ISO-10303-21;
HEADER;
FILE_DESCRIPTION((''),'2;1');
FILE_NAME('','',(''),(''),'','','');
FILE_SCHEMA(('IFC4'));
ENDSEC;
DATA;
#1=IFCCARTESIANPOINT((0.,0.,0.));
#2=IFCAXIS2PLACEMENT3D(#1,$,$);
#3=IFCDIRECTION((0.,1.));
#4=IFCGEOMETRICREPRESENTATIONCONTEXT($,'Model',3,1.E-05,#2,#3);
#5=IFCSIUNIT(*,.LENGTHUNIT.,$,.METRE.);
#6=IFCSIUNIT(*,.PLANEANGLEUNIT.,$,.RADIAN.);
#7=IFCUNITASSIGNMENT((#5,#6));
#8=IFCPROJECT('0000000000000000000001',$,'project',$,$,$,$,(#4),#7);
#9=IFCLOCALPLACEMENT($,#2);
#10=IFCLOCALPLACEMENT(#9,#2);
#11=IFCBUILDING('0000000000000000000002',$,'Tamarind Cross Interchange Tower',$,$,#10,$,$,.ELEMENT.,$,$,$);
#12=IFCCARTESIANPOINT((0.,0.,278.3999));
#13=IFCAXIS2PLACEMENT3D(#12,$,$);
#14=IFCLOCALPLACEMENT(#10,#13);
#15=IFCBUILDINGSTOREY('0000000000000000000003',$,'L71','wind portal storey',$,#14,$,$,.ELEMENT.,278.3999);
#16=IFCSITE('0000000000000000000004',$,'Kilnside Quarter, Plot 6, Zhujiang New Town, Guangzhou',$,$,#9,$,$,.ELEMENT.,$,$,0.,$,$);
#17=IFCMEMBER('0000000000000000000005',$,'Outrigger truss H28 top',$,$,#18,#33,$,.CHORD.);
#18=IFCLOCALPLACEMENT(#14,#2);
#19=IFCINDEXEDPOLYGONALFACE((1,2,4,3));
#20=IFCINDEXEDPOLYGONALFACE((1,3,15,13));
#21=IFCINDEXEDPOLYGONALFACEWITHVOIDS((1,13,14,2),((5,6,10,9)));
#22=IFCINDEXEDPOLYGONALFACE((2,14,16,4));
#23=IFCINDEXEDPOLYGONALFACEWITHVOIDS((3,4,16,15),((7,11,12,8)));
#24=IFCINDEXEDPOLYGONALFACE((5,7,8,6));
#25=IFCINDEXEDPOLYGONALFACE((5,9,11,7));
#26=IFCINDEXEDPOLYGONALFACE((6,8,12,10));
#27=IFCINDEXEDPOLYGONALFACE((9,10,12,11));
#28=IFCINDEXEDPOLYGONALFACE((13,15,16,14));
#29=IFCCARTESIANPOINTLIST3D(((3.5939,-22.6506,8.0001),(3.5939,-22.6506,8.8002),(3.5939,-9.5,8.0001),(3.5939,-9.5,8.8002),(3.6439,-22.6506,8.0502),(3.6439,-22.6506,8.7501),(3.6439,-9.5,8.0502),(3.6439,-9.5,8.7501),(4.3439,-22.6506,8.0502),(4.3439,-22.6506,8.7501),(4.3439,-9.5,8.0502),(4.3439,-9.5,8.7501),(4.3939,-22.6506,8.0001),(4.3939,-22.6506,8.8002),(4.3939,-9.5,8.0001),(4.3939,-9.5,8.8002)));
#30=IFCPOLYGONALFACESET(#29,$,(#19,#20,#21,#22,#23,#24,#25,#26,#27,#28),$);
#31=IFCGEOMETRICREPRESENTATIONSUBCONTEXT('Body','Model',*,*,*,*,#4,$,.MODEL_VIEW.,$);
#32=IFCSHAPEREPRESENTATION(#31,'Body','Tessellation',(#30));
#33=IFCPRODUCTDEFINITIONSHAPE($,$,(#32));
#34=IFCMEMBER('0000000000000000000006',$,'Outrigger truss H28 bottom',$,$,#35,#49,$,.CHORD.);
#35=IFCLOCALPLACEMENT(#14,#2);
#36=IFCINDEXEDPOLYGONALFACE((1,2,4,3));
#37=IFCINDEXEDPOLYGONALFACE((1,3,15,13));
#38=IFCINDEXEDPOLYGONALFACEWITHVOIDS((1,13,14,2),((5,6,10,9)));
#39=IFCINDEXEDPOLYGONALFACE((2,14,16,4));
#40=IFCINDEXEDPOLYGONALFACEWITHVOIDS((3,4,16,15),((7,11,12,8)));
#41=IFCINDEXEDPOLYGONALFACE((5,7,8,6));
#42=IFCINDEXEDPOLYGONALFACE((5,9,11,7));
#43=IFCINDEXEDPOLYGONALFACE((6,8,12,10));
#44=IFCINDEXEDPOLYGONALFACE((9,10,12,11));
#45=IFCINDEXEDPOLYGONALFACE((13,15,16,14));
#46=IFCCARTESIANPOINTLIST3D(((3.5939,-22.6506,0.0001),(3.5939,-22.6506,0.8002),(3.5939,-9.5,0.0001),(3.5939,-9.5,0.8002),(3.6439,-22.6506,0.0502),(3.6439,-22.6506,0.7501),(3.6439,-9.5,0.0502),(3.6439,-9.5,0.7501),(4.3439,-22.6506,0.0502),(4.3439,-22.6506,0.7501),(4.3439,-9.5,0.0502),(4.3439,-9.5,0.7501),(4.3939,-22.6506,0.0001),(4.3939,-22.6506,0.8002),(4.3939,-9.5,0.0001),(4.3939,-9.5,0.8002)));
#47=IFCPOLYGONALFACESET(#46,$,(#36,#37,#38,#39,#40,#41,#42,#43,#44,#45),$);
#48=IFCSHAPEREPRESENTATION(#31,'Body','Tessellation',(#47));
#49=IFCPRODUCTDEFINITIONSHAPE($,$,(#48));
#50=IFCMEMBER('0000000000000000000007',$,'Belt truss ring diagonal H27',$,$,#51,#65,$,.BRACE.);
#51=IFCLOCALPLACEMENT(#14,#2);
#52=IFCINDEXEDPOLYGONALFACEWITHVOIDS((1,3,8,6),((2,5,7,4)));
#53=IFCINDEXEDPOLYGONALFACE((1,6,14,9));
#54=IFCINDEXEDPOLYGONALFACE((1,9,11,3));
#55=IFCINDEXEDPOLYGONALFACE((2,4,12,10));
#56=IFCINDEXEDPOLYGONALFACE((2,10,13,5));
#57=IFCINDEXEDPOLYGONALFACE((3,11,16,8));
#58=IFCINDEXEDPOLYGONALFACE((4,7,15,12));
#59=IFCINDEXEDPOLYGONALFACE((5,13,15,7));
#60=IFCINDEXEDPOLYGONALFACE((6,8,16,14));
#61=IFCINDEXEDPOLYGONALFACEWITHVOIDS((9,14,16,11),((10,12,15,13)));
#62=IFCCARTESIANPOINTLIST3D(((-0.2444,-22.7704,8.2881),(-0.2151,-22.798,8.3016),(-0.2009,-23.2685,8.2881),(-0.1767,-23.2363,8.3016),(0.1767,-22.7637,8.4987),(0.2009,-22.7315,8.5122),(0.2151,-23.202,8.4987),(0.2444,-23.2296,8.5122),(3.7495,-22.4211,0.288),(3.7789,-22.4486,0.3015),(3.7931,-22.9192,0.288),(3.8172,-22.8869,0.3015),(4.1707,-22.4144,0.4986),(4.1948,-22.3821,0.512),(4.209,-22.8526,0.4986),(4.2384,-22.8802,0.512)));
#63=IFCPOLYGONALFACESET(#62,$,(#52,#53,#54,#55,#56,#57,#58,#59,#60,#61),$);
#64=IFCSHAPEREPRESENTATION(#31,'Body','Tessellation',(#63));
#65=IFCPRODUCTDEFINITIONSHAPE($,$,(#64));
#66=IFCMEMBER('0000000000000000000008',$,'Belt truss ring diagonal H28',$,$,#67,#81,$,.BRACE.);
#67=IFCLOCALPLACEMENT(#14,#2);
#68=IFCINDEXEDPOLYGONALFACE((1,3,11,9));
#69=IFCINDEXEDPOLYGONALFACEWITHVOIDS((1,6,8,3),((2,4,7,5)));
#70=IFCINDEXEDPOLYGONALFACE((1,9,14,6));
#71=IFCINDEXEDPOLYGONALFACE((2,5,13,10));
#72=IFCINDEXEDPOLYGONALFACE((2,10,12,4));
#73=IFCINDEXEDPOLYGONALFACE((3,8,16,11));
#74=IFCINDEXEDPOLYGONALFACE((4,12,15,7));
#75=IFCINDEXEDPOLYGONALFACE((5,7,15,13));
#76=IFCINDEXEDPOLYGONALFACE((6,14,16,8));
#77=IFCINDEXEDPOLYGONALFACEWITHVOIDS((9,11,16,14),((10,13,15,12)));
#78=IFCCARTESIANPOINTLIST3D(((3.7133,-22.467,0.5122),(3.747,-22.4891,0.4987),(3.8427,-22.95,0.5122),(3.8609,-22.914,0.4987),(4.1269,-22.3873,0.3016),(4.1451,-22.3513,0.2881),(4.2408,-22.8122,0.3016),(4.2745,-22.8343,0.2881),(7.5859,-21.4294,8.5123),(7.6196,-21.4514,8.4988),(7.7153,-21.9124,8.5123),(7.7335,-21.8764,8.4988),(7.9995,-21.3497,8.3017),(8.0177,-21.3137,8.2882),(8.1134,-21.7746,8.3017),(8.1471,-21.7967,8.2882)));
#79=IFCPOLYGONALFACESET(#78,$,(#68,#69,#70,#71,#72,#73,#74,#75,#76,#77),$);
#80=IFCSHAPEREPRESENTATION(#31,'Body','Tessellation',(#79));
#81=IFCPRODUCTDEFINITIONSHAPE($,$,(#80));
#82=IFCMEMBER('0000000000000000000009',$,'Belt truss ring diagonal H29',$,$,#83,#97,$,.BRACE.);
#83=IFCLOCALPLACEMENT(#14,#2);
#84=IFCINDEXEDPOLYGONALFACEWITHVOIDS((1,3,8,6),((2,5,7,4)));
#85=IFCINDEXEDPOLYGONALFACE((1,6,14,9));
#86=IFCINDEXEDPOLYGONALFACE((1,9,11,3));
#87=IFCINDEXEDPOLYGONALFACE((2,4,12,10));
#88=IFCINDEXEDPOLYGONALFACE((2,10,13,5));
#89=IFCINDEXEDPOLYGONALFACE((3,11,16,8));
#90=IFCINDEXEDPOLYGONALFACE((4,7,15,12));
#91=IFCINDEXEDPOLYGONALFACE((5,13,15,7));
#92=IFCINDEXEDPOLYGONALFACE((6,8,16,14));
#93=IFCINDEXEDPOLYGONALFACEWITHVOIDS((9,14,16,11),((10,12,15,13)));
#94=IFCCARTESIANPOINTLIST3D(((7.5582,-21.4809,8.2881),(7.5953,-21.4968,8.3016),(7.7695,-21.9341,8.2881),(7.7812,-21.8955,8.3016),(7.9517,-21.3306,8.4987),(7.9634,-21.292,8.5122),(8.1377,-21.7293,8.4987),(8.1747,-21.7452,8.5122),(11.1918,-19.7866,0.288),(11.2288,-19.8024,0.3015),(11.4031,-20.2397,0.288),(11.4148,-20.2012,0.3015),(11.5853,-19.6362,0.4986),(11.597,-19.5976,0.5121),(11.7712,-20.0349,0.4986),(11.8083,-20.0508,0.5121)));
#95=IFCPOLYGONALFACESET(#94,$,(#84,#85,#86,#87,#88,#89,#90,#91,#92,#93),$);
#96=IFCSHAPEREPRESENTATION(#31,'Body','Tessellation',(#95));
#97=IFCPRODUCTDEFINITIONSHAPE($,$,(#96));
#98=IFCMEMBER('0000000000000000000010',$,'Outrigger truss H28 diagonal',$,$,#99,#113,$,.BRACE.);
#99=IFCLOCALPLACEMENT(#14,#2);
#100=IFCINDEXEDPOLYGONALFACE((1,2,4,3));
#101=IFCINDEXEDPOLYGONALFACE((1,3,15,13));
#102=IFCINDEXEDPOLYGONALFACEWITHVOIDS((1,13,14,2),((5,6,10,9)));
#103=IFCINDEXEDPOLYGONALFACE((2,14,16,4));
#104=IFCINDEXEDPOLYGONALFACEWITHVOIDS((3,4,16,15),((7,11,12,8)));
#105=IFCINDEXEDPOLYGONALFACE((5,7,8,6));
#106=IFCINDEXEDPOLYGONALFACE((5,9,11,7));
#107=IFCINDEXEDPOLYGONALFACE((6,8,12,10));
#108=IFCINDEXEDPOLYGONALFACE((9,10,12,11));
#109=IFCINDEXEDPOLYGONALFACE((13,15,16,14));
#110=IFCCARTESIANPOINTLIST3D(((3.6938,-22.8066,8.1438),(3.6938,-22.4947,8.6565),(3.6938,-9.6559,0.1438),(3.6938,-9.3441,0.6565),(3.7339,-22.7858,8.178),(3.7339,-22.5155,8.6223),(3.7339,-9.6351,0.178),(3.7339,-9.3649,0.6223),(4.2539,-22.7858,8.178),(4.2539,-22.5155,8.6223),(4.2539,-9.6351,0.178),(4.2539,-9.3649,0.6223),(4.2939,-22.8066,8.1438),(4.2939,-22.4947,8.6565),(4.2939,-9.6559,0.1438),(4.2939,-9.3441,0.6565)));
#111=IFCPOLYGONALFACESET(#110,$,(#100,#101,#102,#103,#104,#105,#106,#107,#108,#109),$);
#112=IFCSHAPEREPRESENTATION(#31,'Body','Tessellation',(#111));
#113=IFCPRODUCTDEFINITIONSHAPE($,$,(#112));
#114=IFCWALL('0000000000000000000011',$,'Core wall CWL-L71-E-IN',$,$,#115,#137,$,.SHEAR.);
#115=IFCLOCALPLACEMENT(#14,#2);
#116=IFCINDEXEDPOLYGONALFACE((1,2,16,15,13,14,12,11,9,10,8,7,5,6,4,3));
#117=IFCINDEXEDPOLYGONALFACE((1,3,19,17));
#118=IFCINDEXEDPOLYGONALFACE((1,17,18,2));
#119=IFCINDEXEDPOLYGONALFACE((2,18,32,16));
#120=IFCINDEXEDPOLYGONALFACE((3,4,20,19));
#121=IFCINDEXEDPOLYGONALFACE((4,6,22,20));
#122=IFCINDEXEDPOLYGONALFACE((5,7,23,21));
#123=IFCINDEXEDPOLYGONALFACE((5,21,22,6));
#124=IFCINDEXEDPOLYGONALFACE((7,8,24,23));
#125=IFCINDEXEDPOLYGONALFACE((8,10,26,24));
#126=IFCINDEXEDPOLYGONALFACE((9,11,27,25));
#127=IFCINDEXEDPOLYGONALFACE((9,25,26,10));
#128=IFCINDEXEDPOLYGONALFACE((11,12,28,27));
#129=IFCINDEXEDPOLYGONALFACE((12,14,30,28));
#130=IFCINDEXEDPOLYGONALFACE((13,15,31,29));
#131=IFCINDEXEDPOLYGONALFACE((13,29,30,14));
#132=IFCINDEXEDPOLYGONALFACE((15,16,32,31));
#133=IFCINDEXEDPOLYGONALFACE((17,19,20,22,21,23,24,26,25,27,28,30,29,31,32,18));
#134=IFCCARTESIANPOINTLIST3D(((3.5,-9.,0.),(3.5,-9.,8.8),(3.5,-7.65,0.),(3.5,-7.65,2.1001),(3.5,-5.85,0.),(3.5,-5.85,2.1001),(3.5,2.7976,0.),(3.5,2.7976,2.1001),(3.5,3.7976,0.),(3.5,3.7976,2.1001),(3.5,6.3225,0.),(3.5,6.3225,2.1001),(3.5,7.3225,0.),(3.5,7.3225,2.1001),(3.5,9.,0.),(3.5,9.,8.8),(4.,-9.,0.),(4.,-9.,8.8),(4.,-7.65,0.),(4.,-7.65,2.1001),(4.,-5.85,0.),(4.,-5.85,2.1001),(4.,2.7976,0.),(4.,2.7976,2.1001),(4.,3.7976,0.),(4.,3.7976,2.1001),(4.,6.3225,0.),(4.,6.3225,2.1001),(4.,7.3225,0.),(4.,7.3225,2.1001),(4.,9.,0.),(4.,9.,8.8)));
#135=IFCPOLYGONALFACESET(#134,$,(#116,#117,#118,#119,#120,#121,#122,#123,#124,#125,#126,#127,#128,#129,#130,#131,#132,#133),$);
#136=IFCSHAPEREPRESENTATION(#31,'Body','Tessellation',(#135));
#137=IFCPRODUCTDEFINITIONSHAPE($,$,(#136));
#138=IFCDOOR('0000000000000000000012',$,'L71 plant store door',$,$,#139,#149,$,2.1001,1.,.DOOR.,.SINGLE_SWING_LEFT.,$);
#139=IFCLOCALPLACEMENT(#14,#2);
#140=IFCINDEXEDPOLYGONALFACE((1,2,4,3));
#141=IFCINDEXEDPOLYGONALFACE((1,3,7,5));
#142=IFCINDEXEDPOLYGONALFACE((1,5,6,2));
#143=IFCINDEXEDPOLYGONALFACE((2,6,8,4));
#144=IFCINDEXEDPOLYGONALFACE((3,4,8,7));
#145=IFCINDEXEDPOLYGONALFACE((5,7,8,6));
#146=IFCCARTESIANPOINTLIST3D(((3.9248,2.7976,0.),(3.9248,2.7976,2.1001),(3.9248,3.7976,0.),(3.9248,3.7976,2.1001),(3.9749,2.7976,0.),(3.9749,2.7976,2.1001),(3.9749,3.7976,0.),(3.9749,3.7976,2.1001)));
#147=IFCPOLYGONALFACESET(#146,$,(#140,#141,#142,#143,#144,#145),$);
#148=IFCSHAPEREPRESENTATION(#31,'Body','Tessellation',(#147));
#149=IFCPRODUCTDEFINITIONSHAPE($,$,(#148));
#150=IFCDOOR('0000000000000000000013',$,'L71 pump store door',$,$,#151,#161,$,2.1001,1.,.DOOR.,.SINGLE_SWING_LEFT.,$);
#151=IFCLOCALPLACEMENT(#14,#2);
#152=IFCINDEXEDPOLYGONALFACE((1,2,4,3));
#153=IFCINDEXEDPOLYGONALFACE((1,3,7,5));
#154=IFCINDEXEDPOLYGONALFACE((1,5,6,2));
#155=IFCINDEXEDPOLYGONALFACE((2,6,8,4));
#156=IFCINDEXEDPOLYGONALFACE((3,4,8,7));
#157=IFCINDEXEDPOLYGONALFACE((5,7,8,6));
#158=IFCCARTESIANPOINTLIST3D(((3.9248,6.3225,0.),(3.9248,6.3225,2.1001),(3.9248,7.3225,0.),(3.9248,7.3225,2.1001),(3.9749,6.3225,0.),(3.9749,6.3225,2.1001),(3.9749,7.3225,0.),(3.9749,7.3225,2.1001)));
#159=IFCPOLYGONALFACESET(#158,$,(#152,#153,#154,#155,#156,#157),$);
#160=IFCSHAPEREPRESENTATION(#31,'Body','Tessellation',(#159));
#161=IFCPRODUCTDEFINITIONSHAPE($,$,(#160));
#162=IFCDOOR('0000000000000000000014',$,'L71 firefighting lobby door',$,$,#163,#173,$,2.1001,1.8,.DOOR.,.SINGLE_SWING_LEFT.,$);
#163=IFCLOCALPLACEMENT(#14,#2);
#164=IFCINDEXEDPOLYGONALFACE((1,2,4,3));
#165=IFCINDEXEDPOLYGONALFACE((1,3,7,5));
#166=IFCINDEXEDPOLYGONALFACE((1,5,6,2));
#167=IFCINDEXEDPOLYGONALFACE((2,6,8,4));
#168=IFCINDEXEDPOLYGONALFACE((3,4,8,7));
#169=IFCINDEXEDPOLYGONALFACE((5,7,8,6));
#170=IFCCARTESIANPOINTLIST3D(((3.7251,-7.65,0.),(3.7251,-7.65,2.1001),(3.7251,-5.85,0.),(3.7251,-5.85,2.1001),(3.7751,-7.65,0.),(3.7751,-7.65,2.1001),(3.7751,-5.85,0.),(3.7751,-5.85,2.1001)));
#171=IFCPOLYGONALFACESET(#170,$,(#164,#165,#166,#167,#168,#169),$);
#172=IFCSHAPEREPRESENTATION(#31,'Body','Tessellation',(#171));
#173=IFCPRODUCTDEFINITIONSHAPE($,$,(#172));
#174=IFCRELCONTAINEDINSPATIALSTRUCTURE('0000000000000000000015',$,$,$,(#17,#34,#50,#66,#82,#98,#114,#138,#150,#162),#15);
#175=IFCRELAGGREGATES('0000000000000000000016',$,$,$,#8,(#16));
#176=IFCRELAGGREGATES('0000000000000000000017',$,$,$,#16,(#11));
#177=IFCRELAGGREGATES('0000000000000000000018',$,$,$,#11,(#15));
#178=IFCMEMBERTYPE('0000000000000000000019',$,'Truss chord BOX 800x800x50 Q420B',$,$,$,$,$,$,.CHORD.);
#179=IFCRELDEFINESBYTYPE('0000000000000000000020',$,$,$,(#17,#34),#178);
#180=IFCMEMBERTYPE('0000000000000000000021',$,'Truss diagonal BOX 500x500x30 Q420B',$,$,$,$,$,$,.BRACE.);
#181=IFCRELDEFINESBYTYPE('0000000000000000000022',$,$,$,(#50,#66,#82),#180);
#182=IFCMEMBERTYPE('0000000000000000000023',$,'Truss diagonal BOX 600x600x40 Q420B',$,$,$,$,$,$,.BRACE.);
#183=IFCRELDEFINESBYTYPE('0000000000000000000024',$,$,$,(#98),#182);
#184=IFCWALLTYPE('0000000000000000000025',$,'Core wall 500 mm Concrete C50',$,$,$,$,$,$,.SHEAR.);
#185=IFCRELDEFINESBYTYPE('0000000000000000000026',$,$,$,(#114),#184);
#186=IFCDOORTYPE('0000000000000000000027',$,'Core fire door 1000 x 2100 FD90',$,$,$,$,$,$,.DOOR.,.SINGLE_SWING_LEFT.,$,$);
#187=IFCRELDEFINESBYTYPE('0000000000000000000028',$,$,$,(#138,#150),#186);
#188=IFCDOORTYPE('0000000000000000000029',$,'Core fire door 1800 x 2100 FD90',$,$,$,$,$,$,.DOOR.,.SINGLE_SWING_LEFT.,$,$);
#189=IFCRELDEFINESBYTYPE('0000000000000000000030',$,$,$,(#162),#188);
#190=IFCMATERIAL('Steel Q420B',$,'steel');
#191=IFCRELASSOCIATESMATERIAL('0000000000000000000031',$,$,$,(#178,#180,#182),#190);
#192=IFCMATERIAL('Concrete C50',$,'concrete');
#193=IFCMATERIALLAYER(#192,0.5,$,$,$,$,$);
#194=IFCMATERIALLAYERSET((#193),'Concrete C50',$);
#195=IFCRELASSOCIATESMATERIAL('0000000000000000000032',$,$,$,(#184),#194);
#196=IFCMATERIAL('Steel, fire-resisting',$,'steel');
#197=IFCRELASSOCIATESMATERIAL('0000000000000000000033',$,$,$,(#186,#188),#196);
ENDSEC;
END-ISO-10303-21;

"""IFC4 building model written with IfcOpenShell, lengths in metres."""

from ifc_helpers import new_model, si_unit, direction, frame, frame_2d, origin, origin_2d, place, context, subcontext, project, spatial, rectangle, hollow_rectangle, extrude, material, layer, layer_set, material_profile, profile_set, type_object, element, fill, save


model = new_model("IFC4")

# Units and contexts
model_context = context("Model", 3, precision=1e-05, world=origin(), true_north=direction((0.0, 1.0)))
body_context = subcontext(model_context, "Body", "Model", "MODEL_VIEW")
ifc_project = project(units=[si_unit("LENGTHUNIT", "METRE"), si_unit("PLANEANGLEUNIT", "RADIAN")], contexts=[model_context])

# Site, building, storey
site_placement = place(None, origin())
site = spatial("IfcSite", under=ifc_project, at=site_placement, Name="Kilnside Quarter, Plot 6, Zhujiang New Town, Guangzhou", CompositionType="ELEMENT", RefElevation=0.0)
building_placement = place(site_placement, origin())
building = spatial("IfcBuilding", under=site, at=building_placement, Name="Tamarind Cross Interchange Tower", CompositionType="ELEMENT")
storey_placement = place(building_placement, frame((0.0, 0.0, 278.3999)))
storey = spatial("IfcBuildingStorey", under=building, at=storey_placement, Name="L71", Description="wind portal storey", CompositionType="ELEMENT", Elevation=278.3999)

# Members
ifc_material_1 = material(Name="Steel Q420B", Category="steel")
ifc_material_profile_1 = material_profile(ifc_material_1, hollow_rectangle(XDim=0.8, YDim=0.8, WallThickness=0.05, at=origin_2d()), Name="BOX 800x800x50")
ifc_profile_set_1 = profile_set([ifc_material_profile_1], Name="Steel Q420B")
member_type_1 = type_object("IfcMemberType", Name="Truss chord BOX 800x800x50 Q420B", PredefinedType="CHORD", material=ifc_profile_set_1)
for number, where, z_axis, x_axis, name in (
    (1, (3.9939, -9.5, 8.4001), (0.0, -1.0, 0.0), (1.0, 0.0, 0.0), "Outrigger truss H28 top"),
    (2, (3.9939, -9.5, 0.4001), (0.0, -1.0, 0.0), (1.0, 0.0, 0.0), "Outrigger truss H28 bottom"),
):
    element("IfcMember", number, at=place(storey_placement, frame(where, z_axis=z_axis, x_axis=x_axis)), inside=storey, type_object=member_type_1, Name=name, PredefinedType="CHORD", context=body_context, shape_type="SweptSolid", body=[
        extrude(hollow_rectangle(XDim=0.8, YDim=0.8, WallThickness=0.05, at=origin_2d()), origin(), (0.0, 0.0, 1.0), 13.1506),
    ])
ifc_material_profile_2 = material_profile(ifc_material_1, hollow_rectangle(XDim=0.5, YDim=0.5, WallThickness=0.03, at=origin_2d()), Name="BOX 500x500x30")
ifc_profile_set_2 = profile_set([ifc_material_profile_2], Name="Steel Q420B")
member_type_2 = type_object("IfcMemberType", Name="Truss diagonal BOX 500x500x30 Q420B", PredefinedType="BRACE", material=ifc_profile_set_2)
for number, where, z_axis, x_axis, name in (
    (3, (0.0, -23.0, 8.4001), (0.446327, 0.039042, -0.894018), (-0.087142, 0.996196, 0.0), "Belt truss ring diagonal H27"),
    (4, (3.9939, -22.6506, 0.4001), (0.432767, 0.115954, 0.894018), (-0.258807, 0.965929, 0.0), "Belt truss ring diagonal H28"),
    (5, (7.8665, -21.613, 8.4001), (0.406056, 0.189346, -0.894017), (-0.422615, 0.906309, 0.0), "Belt truss ring diagonal H29"),
):
    element("IfcMember", number, at=place(storey_placement, frame(where, z_axis=z_axis, x_axis=x_axis)), inside=storey, type_object=member_type_2, Name=name, PredefinedType="BRACE", context=body_context, shape_type="SweptSolid", body=[
        extrude(hollow_rectangle(XDim=0.5, YDim=0.5, WallThickness=0.03, at=origin_2d()), origin(), (0.0, 0.0, 1.0), 8.9485),
    ])
ifc_material_profile_3 = material_profile(ifc_material_1, hollow_rectangle(XDim=0.6001, YDim=0.6001, WallThickness=0.04, at=origin_2d()), Name="BOX 600x600x40")
ifc_profile_set_3 = profile_set([ifc_material_profile_3], Name="Steel Q420B")
member_type_3 = type_object("IfcMemberType", Name="Truss diagonal BOX 600x600x40 Q420B", PredefinedType="BRACE", material=ifc_profile_set_3)
member_placement = place(storey_placement, frame((3.9939, -9.5, 0.4001), z_axis=(0.0, -0.854335, 0.519723), x_axis=(1.0, 0.0, 0.0)))
element("IfcMember", 6, at=member_placement, inside=storey, type_object=member_type_3, Name="Outrigger truss H28 diagonal", PredefinedType="BRACE", context=body_context, shape_type="SweptSolid", body=[
    extrude(hollow_rectangle(XDim=0.6001, YDim=0.6001, WallThickness=0.04, at=origin_2d()), origin(), (0.0, 0.0, 1.0), 15.3928),
])

# Wall, openings, doors
ifc_material_2 = material(Name="Concrete C50", Category="concrete")
ifc_layer = layer(ifc_material_2, 0.5)
ifc_layer_set = layer_set([ifc_layer], Name="Concrete C50")
wall_type = type_object("IfcWallType", Name="Core wall 500 mm Concrete C50", PredefinedType="SHEAR", material=ifc_layer_set)
wall_placement = place(storey_placement, frame((3.75, -9.0, 0.0), z_axis=(0.0, 0.0, 1.0), x_axis=(0.0, 1.0, 0.0)))
wall = element("IfcWall", 7, at=wall_placement, inside=storey, type_object=wall_type, Name="Core wall CWL-L71-E-IN", PredefinedType="SHEAR", context=body_context, shape_type="SweptSolid", body=[
    extrude(rectangle(XDim=18.0, YDim=0.5, at=frame_2d((9.0, 0.0))), origin(), (0.0, 0.0, 1.0), 8.8),
])
opening_1_placement = place(wall_placement, frame((1.3501, 0.0, 0.0)))
opening_1 = element("IfcOpeningElement", 8, at=opening_1_placement, cuts=wall, PredefinedType="OPENING", context=body_context, shape_type="SweptSolid", body=[
    extrude(rectangle(XDim=1.8, YDim=2.1001, at=frame_2d((0.8999, 1.05))), frame((0.0, 0.26, 0.0), z_axis=(0.0, -1.0, 0.0), x_axis=(1.0, 0.0, 0.0)), (0.0, 0.0, 1.0), 0.52),
])
opening_2_placement = place(wall_placement, frame((11.7976, 0.0, 0.0)))
opening_2 = element("IfcOpeningElement", 9, at=opening_2_placement, cuts=wall, PredefinedType="OPENING", context=body_context, shape_type="SweptSolid", body=[
    extrude(rectangle(XDim=1.0, YDim=2.1001, at=frame_2d((0.5, 1.05))), frame((0.0, 0.26, 0.0), z_axis=(0.0, -1.0, 0.0), x_axis=(1.0, 0.0, 0.0)), (0.0, 0.0, 1.0), 0.52),
])
opening_3_placement = place(wall_placement, frame((15.3225, 0.0, 0.0)))
opening_3 = element("IfcOpeningElement", 10, at=opening_3_placement, cuts=wall, PredefinedType="OPENING", context=body_context, shape_type="SweptSolid", body=[
    extrude(rectangle(XDim=1.0, YDim=2.1001, at=frame_2d((0.5, 1.05))), frame((0.0, 0.26, 0.0), z_axis=(0.0, -1.0, 0.0), x_axis=(1.0, 0.0, 0.0)), (0.0, 0.0, 1.0), 0.52),
])
ifc_material_3 = material(Name="Steel, fire-resisting", Category="steel")
door_type_1 = type_object("IfcDoorType", Name="Core fire door 1000 x 2100 FD90", OperationType="SINGLE_SWING_LEFT", PredefinedType="DOOR", material=ifc_material_3)
door_1_placement = place(opening_2_placement, origin())
door_1 = element("IfcDoor", 11, at=door_1_placement, inside=storey, type_object=door_type_1, Name="L71 plant store door", OperationType="SINGLE_SWING_LEFT", OverallHeight=2.1001, OverallWidth=1.0, PredefinedType="DOOR", context=body_context, shape_type="SweptSolid", body=[
    extrude(rectangle(XDim=1.0, YDim=2.1001, at=frame_2d((0.5, 1.05))), frame((0.0, -0.1748, 0.0), z_axis=(0.0, -1.0, 0.0), x_axis=(1.0, 0.0, 0.0)), (0.0, 0.0, 1.0), 0.05),
])
fill(opening_2, door_1)
door_2_placement = place(opening_3_placement, origin())
door_2 = element("IfcDoor", 12, at=door_2_placement, inside=storey, type_object=door_type_1, Name="L71 pump store door", OperationType="SINGLE_SWING_LEFT", OverallHeight=2.1001, OverallWidth=1.0, PredefinedType="DOOR", context=body_context, shape_type="SweptSolid", body=[
    extrude(rectangle(XDim=1.0, YDim=2.1001, at=frame_2d((0.5, 1.05))), frame((0.0, -0.1748, 0.0), z_axis=(0.0, -1.0, 0.0), x_axis=(1.0, 0.0, 0.0)), (0.0, 0.0, 1.0), 0.05),
])
fill(opening_3, door_2)
door_type_2 = type_object("IfcDoorType", Name="Core fire door 1800 x 2100 FD90", OperationType="SINGLE_SWING_LEFT", PredefinedType="DOOR", material=ifc_material_3)
door_3_placement = place(opening_1_placement, origin())
door_3 = element("IfcDoor", 13, at=door_3_placement, inside=storey, type_object=door_type_2, Name="L71 firefighting lobby door", OperationType="SINGLE_SWING_LEFT", OverallHeight=2.1001, OverallWidth=1.8, PredefinedType="DOOR", context=body_context, shape_type="SweptSolid", body=[
    extrude(rectangle(XDim=1.8, YDim=2.1001, at=frame_2d((0.8999, 1.05))), frame((0.0, 0.0249, 0.0), z_axis=(0.0, -1.0, 0.0), x_axis=(1.0, 0.0, 0.0)), (0.0, 0.0, 1.0), 0.05),
])
fill(opening_1, door_3)

save(model, "model.ifc")
